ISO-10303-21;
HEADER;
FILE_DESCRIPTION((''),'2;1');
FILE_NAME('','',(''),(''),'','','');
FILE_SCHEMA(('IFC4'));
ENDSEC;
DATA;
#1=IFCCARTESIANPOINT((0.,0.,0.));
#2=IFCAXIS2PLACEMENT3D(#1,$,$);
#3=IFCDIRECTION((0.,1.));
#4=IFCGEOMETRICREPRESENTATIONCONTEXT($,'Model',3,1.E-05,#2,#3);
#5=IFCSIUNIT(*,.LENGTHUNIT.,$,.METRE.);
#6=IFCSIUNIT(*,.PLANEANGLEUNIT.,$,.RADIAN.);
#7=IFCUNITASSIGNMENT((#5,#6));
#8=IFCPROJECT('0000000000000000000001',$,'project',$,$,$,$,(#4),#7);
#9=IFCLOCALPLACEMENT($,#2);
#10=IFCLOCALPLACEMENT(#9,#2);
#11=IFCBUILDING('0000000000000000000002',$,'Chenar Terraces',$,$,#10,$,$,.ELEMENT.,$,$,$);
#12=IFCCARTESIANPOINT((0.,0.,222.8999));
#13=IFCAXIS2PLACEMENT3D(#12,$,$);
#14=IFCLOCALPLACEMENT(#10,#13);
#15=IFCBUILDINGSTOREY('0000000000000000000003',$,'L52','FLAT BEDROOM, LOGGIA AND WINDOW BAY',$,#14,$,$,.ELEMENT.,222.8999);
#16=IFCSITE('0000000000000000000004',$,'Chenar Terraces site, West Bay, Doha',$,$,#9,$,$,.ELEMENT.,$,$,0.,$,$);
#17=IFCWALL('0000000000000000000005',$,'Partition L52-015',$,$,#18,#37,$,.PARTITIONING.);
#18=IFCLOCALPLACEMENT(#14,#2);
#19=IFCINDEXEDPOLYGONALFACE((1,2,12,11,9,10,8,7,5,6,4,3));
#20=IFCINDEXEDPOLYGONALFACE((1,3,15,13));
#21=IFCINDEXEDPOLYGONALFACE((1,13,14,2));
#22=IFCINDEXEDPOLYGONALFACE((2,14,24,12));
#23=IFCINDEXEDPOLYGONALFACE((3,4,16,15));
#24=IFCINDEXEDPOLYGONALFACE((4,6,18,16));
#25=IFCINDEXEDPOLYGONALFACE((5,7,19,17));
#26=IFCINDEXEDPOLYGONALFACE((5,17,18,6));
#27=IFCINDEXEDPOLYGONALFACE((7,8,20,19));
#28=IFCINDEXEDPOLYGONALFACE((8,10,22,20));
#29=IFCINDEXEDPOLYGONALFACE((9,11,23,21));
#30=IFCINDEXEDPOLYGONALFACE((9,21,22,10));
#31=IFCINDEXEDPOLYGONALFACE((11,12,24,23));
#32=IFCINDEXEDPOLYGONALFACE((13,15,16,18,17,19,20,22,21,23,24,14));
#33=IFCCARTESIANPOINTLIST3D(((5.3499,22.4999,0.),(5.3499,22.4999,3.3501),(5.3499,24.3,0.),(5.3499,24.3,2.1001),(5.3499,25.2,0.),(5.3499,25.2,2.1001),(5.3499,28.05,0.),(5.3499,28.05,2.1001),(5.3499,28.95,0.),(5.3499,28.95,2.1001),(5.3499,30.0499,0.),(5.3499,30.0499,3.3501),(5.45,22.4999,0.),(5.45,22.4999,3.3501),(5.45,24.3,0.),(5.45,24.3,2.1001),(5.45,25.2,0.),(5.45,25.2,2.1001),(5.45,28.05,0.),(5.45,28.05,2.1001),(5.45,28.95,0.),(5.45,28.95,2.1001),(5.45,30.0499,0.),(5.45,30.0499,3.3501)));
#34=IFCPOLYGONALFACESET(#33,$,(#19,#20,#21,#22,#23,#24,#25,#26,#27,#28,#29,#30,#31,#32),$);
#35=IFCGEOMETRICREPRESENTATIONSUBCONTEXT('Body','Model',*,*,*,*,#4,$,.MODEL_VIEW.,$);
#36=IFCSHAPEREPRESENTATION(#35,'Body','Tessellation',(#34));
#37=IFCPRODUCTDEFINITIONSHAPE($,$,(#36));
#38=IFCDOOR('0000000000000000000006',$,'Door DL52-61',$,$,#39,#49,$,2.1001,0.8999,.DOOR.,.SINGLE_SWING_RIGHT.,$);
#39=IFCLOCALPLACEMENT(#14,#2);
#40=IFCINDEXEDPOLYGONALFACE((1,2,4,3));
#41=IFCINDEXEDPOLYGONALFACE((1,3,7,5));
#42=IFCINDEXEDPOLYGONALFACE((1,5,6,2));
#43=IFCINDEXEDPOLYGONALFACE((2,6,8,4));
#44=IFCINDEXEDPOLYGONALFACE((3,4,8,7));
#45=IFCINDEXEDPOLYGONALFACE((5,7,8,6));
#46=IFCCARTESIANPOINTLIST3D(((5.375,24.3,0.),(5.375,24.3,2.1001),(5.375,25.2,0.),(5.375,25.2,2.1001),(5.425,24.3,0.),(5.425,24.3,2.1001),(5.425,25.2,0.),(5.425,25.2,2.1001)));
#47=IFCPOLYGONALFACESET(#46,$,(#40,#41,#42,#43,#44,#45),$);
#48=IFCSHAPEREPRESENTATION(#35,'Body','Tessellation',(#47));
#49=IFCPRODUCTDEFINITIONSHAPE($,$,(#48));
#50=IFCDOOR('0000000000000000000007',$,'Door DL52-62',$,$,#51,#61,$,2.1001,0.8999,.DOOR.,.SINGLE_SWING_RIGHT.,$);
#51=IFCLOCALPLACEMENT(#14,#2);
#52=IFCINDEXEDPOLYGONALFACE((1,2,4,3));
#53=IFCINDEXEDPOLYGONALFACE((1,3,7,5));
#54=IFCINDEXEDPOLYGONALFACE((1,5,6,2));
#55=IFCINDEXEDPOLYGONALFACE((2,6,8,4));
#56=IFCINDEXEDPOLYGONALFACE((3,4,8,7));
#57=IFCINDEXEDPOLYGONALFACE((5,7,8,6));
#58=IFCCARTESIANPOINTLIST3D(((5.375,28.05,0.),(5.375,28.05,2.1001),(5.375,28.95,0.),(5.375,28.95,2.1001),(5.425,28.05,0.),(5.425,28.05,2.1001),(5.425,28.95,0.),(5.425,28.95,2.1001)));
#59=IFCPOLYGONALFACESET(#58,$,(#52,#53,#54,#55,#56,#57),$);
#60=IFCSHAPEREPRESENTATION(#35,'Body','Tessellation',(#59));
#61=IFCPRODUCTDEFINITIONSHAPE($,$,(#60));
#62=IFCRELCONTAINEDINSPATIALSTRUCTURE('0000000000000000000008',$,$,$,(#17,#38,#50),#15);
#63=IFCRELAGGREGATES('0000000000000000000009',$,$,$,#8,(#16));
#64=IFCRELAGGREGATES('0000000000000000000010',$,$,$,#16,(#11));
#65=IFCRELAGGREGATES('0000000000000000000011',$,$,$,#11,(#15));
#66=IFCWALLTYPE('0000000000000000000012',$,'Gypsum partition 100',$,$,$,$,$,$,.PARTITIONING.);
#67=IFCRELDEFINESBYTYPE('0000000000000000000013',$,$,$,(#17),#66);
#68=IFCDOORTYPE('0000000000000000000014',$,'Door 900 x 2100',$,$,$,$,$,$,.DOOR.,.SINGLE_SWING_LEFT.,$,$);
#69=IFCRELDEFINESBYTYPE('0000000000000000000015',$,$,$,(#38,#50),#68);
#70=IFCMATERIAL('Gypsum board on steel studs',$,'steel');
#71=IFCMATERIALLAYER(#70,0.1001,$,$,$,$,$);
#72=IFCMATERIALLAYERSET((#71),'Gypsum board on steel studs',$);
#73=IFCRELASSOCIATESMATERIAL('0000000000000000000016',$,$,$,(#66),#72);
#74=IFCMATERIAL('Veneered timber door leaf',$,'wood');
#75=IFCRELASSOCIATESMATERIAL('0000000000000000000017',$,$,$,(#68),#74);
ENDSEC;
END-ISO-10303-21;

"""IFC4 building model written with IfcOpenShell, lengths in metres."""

from ifc_helpers import new_model, si_unit, direction, frame, frame_2d, origin, place, context, subcontext, project, spatial, rectangle, extrude, material, layer, layer_set, type_object, element, fill, save


model = new_model("IFC4")

# Units and contexts
model_context = context("Model", 3, precision=1e-05, world=origin(), true_north=direction((0.0, 1.0)))
body_context = subcontext(model_context, "Body", "Model", "MODEL_VIEW")
ifc_project = project(units=[si_unit("LENGTHUNIT", "METRE"), si_unit("PLANEANGLEUNIT", "RADIAN")], contexts=[model_context])

# Site, building, storey
site_placement = place(None, origin())
site = spatial("IfcSite", under=ifc_project, at=site_placement, Name="Chenar Terraces site, West Bay, Doha", CompositionType="ELEMENT", RefElevation=0.0)
building_placement = place(site_placement, origin())
building = spatial("IfcBuilding", under=site, at=building_placement, Name="Chenar Terraces", CompositionType="ELEMENT")
storey_placement = place(building_placement, frame((0.0, 0.0, 222.8999)))
storey = spatial("IfcBuildingStorey", under=building, at=storey_placement, Name="L52", Description="FLAT BEDROOM, LOGGIA AND WINDOW BAY", CompositionType="ELEMENT", Elevation=222.8999)

# Wall, openings, doors
ifc_material_1 = material(Name="Gypsum board on steel studs", Category="steel")
ifc_layer_1 = layer(ifc_material_1, 0.1001)
ifc_layer_set_1 = layer_set([ifc_layer_1], Name="Gypsum board on steel studs")
wall_type_1 = type_object("IfcWallType", Name="Gypsum partition 100", PredefinedType="PARTITIONING", material=ifc_layer_set_1)
wall_1_placement = place(storey_placement, frame((5.3999, 22.5, 0.0), z_axis=(0.0, 0.0, 1.0), x_axis=(0.0, 1.0, 0.0)))
wall_1 = element("IfcWall", 1, at=wall_1_placement, inside=storey, type_object=wall_type_1, Name="Partition L52-015", PredefinedType="PARTITIONING", context=body_context, shape_type="SweptSolid", body=[
    extrude(rectangle(XDim=7.55, YDim=0.1001, at=frame_2d((3.7749, 0.0))), origin(), (0.0, 0.0, 1.0), 3.3501),
])
opening_1_placement = place(wall_1_placement, frame((1.8, 0.0, 0.0)))
opening_1 = element("IfcOpeningElement", 2, at=opening_1_placement, cuts=wall_1, PredefinedType="OPENING", context=body_context, shape_type="SweptSolid", body=[
    extrude(rectangle(XDim=0.8999, YDim=2.1001, at=frame_2d((0.45, 1.05))), frame((0.0, 0.0601, 0.0), z_axis=(0.0, -1.0, 0.0), x_axis=(1.0, 0.0, 0.0)), (0.0, 0.0, 1.0), 0.1201),
])
opening_2_placement = place(wall_1_placement, frame((5.55, 0.0, 0.0)))
opening_2 = element("IfcOpeningElement", 3, at=opening_2_placement, cuts=wall_1, PredefinedType="OPENING", context=body_context, shape_type="SweptSolid", body=[
    extrude(rectangle(XDim=0.8999, YDim=2.1001, at=frame_2d((0.45, 1.05))), frame((0.0, 0.0601, 0.0), z_axis=(0.0, -1.0, 0.0), x_axis=(1.0, 0.0, 0.0)), (0.0, 0.0, 1.0), 0.1201),
])
ifc_material_2 = material(Name="Veneered timber door leaf", Category="wood")
door_type_1 = type_object("IfcDoorType", Name="Door 900 x 2100", OperationType="SINGLE_SWING_LEFT", PredefinedType="DOOR", material=ifc_material_2)
door_1_placement = place(opening_1_placement, origin())
door_1 = element("IfcDoor", 4, at=door_1_placement, inside=storey, type_object=door_type_1, Name="Door DL52-61", OperationType="SINGLE_SWING_RIGHT", OverallHeight=2.1001, OverallWidth=0.8999, PredefinedType="DOOR", context=body_context, shape_type="SweptSolid", body=[
    extrude(rectangle(XDim=0.8999, YDim=2.1001, at=frame_2d((0.45, 1.05))), frame((0.0, 0.0249, 0.0), z_axis=(0.0, -1.0, 0.0), x_axis=(1.0, 0.0, 0.0)), (0.0, 0.0, 1.0), 0.05),
])
fill(opening_1, door_1)
door_2_placement = place(opening_2_placement, origin())
door_2 = element("IfcDoor", 5, at=door_2_placement, inside=storey, type_object=door_type_1, Name="Door DL52-62", OperationType="SINGLE_SWING_RIGHT", OverallHeight=2.1001, OverallWidth=0.8999, PredefinedType="DOOR", context=body_context, shape_type="SweptSolid", body=[
    extrude(rectangle(XDim=0.8999, YDim=2.1001, at=frame_2d((0.45, 1.05))), frame((0.0, 0.0249, 0.0), z_axis=(0.0, -1.0, 0.0), x_axis=(1.0, 0.0, 0.0)), (0.0, 0.0, 1.0), 0.05),
])
fill(opening_2, door_2)

save(model, "model.ifc")
